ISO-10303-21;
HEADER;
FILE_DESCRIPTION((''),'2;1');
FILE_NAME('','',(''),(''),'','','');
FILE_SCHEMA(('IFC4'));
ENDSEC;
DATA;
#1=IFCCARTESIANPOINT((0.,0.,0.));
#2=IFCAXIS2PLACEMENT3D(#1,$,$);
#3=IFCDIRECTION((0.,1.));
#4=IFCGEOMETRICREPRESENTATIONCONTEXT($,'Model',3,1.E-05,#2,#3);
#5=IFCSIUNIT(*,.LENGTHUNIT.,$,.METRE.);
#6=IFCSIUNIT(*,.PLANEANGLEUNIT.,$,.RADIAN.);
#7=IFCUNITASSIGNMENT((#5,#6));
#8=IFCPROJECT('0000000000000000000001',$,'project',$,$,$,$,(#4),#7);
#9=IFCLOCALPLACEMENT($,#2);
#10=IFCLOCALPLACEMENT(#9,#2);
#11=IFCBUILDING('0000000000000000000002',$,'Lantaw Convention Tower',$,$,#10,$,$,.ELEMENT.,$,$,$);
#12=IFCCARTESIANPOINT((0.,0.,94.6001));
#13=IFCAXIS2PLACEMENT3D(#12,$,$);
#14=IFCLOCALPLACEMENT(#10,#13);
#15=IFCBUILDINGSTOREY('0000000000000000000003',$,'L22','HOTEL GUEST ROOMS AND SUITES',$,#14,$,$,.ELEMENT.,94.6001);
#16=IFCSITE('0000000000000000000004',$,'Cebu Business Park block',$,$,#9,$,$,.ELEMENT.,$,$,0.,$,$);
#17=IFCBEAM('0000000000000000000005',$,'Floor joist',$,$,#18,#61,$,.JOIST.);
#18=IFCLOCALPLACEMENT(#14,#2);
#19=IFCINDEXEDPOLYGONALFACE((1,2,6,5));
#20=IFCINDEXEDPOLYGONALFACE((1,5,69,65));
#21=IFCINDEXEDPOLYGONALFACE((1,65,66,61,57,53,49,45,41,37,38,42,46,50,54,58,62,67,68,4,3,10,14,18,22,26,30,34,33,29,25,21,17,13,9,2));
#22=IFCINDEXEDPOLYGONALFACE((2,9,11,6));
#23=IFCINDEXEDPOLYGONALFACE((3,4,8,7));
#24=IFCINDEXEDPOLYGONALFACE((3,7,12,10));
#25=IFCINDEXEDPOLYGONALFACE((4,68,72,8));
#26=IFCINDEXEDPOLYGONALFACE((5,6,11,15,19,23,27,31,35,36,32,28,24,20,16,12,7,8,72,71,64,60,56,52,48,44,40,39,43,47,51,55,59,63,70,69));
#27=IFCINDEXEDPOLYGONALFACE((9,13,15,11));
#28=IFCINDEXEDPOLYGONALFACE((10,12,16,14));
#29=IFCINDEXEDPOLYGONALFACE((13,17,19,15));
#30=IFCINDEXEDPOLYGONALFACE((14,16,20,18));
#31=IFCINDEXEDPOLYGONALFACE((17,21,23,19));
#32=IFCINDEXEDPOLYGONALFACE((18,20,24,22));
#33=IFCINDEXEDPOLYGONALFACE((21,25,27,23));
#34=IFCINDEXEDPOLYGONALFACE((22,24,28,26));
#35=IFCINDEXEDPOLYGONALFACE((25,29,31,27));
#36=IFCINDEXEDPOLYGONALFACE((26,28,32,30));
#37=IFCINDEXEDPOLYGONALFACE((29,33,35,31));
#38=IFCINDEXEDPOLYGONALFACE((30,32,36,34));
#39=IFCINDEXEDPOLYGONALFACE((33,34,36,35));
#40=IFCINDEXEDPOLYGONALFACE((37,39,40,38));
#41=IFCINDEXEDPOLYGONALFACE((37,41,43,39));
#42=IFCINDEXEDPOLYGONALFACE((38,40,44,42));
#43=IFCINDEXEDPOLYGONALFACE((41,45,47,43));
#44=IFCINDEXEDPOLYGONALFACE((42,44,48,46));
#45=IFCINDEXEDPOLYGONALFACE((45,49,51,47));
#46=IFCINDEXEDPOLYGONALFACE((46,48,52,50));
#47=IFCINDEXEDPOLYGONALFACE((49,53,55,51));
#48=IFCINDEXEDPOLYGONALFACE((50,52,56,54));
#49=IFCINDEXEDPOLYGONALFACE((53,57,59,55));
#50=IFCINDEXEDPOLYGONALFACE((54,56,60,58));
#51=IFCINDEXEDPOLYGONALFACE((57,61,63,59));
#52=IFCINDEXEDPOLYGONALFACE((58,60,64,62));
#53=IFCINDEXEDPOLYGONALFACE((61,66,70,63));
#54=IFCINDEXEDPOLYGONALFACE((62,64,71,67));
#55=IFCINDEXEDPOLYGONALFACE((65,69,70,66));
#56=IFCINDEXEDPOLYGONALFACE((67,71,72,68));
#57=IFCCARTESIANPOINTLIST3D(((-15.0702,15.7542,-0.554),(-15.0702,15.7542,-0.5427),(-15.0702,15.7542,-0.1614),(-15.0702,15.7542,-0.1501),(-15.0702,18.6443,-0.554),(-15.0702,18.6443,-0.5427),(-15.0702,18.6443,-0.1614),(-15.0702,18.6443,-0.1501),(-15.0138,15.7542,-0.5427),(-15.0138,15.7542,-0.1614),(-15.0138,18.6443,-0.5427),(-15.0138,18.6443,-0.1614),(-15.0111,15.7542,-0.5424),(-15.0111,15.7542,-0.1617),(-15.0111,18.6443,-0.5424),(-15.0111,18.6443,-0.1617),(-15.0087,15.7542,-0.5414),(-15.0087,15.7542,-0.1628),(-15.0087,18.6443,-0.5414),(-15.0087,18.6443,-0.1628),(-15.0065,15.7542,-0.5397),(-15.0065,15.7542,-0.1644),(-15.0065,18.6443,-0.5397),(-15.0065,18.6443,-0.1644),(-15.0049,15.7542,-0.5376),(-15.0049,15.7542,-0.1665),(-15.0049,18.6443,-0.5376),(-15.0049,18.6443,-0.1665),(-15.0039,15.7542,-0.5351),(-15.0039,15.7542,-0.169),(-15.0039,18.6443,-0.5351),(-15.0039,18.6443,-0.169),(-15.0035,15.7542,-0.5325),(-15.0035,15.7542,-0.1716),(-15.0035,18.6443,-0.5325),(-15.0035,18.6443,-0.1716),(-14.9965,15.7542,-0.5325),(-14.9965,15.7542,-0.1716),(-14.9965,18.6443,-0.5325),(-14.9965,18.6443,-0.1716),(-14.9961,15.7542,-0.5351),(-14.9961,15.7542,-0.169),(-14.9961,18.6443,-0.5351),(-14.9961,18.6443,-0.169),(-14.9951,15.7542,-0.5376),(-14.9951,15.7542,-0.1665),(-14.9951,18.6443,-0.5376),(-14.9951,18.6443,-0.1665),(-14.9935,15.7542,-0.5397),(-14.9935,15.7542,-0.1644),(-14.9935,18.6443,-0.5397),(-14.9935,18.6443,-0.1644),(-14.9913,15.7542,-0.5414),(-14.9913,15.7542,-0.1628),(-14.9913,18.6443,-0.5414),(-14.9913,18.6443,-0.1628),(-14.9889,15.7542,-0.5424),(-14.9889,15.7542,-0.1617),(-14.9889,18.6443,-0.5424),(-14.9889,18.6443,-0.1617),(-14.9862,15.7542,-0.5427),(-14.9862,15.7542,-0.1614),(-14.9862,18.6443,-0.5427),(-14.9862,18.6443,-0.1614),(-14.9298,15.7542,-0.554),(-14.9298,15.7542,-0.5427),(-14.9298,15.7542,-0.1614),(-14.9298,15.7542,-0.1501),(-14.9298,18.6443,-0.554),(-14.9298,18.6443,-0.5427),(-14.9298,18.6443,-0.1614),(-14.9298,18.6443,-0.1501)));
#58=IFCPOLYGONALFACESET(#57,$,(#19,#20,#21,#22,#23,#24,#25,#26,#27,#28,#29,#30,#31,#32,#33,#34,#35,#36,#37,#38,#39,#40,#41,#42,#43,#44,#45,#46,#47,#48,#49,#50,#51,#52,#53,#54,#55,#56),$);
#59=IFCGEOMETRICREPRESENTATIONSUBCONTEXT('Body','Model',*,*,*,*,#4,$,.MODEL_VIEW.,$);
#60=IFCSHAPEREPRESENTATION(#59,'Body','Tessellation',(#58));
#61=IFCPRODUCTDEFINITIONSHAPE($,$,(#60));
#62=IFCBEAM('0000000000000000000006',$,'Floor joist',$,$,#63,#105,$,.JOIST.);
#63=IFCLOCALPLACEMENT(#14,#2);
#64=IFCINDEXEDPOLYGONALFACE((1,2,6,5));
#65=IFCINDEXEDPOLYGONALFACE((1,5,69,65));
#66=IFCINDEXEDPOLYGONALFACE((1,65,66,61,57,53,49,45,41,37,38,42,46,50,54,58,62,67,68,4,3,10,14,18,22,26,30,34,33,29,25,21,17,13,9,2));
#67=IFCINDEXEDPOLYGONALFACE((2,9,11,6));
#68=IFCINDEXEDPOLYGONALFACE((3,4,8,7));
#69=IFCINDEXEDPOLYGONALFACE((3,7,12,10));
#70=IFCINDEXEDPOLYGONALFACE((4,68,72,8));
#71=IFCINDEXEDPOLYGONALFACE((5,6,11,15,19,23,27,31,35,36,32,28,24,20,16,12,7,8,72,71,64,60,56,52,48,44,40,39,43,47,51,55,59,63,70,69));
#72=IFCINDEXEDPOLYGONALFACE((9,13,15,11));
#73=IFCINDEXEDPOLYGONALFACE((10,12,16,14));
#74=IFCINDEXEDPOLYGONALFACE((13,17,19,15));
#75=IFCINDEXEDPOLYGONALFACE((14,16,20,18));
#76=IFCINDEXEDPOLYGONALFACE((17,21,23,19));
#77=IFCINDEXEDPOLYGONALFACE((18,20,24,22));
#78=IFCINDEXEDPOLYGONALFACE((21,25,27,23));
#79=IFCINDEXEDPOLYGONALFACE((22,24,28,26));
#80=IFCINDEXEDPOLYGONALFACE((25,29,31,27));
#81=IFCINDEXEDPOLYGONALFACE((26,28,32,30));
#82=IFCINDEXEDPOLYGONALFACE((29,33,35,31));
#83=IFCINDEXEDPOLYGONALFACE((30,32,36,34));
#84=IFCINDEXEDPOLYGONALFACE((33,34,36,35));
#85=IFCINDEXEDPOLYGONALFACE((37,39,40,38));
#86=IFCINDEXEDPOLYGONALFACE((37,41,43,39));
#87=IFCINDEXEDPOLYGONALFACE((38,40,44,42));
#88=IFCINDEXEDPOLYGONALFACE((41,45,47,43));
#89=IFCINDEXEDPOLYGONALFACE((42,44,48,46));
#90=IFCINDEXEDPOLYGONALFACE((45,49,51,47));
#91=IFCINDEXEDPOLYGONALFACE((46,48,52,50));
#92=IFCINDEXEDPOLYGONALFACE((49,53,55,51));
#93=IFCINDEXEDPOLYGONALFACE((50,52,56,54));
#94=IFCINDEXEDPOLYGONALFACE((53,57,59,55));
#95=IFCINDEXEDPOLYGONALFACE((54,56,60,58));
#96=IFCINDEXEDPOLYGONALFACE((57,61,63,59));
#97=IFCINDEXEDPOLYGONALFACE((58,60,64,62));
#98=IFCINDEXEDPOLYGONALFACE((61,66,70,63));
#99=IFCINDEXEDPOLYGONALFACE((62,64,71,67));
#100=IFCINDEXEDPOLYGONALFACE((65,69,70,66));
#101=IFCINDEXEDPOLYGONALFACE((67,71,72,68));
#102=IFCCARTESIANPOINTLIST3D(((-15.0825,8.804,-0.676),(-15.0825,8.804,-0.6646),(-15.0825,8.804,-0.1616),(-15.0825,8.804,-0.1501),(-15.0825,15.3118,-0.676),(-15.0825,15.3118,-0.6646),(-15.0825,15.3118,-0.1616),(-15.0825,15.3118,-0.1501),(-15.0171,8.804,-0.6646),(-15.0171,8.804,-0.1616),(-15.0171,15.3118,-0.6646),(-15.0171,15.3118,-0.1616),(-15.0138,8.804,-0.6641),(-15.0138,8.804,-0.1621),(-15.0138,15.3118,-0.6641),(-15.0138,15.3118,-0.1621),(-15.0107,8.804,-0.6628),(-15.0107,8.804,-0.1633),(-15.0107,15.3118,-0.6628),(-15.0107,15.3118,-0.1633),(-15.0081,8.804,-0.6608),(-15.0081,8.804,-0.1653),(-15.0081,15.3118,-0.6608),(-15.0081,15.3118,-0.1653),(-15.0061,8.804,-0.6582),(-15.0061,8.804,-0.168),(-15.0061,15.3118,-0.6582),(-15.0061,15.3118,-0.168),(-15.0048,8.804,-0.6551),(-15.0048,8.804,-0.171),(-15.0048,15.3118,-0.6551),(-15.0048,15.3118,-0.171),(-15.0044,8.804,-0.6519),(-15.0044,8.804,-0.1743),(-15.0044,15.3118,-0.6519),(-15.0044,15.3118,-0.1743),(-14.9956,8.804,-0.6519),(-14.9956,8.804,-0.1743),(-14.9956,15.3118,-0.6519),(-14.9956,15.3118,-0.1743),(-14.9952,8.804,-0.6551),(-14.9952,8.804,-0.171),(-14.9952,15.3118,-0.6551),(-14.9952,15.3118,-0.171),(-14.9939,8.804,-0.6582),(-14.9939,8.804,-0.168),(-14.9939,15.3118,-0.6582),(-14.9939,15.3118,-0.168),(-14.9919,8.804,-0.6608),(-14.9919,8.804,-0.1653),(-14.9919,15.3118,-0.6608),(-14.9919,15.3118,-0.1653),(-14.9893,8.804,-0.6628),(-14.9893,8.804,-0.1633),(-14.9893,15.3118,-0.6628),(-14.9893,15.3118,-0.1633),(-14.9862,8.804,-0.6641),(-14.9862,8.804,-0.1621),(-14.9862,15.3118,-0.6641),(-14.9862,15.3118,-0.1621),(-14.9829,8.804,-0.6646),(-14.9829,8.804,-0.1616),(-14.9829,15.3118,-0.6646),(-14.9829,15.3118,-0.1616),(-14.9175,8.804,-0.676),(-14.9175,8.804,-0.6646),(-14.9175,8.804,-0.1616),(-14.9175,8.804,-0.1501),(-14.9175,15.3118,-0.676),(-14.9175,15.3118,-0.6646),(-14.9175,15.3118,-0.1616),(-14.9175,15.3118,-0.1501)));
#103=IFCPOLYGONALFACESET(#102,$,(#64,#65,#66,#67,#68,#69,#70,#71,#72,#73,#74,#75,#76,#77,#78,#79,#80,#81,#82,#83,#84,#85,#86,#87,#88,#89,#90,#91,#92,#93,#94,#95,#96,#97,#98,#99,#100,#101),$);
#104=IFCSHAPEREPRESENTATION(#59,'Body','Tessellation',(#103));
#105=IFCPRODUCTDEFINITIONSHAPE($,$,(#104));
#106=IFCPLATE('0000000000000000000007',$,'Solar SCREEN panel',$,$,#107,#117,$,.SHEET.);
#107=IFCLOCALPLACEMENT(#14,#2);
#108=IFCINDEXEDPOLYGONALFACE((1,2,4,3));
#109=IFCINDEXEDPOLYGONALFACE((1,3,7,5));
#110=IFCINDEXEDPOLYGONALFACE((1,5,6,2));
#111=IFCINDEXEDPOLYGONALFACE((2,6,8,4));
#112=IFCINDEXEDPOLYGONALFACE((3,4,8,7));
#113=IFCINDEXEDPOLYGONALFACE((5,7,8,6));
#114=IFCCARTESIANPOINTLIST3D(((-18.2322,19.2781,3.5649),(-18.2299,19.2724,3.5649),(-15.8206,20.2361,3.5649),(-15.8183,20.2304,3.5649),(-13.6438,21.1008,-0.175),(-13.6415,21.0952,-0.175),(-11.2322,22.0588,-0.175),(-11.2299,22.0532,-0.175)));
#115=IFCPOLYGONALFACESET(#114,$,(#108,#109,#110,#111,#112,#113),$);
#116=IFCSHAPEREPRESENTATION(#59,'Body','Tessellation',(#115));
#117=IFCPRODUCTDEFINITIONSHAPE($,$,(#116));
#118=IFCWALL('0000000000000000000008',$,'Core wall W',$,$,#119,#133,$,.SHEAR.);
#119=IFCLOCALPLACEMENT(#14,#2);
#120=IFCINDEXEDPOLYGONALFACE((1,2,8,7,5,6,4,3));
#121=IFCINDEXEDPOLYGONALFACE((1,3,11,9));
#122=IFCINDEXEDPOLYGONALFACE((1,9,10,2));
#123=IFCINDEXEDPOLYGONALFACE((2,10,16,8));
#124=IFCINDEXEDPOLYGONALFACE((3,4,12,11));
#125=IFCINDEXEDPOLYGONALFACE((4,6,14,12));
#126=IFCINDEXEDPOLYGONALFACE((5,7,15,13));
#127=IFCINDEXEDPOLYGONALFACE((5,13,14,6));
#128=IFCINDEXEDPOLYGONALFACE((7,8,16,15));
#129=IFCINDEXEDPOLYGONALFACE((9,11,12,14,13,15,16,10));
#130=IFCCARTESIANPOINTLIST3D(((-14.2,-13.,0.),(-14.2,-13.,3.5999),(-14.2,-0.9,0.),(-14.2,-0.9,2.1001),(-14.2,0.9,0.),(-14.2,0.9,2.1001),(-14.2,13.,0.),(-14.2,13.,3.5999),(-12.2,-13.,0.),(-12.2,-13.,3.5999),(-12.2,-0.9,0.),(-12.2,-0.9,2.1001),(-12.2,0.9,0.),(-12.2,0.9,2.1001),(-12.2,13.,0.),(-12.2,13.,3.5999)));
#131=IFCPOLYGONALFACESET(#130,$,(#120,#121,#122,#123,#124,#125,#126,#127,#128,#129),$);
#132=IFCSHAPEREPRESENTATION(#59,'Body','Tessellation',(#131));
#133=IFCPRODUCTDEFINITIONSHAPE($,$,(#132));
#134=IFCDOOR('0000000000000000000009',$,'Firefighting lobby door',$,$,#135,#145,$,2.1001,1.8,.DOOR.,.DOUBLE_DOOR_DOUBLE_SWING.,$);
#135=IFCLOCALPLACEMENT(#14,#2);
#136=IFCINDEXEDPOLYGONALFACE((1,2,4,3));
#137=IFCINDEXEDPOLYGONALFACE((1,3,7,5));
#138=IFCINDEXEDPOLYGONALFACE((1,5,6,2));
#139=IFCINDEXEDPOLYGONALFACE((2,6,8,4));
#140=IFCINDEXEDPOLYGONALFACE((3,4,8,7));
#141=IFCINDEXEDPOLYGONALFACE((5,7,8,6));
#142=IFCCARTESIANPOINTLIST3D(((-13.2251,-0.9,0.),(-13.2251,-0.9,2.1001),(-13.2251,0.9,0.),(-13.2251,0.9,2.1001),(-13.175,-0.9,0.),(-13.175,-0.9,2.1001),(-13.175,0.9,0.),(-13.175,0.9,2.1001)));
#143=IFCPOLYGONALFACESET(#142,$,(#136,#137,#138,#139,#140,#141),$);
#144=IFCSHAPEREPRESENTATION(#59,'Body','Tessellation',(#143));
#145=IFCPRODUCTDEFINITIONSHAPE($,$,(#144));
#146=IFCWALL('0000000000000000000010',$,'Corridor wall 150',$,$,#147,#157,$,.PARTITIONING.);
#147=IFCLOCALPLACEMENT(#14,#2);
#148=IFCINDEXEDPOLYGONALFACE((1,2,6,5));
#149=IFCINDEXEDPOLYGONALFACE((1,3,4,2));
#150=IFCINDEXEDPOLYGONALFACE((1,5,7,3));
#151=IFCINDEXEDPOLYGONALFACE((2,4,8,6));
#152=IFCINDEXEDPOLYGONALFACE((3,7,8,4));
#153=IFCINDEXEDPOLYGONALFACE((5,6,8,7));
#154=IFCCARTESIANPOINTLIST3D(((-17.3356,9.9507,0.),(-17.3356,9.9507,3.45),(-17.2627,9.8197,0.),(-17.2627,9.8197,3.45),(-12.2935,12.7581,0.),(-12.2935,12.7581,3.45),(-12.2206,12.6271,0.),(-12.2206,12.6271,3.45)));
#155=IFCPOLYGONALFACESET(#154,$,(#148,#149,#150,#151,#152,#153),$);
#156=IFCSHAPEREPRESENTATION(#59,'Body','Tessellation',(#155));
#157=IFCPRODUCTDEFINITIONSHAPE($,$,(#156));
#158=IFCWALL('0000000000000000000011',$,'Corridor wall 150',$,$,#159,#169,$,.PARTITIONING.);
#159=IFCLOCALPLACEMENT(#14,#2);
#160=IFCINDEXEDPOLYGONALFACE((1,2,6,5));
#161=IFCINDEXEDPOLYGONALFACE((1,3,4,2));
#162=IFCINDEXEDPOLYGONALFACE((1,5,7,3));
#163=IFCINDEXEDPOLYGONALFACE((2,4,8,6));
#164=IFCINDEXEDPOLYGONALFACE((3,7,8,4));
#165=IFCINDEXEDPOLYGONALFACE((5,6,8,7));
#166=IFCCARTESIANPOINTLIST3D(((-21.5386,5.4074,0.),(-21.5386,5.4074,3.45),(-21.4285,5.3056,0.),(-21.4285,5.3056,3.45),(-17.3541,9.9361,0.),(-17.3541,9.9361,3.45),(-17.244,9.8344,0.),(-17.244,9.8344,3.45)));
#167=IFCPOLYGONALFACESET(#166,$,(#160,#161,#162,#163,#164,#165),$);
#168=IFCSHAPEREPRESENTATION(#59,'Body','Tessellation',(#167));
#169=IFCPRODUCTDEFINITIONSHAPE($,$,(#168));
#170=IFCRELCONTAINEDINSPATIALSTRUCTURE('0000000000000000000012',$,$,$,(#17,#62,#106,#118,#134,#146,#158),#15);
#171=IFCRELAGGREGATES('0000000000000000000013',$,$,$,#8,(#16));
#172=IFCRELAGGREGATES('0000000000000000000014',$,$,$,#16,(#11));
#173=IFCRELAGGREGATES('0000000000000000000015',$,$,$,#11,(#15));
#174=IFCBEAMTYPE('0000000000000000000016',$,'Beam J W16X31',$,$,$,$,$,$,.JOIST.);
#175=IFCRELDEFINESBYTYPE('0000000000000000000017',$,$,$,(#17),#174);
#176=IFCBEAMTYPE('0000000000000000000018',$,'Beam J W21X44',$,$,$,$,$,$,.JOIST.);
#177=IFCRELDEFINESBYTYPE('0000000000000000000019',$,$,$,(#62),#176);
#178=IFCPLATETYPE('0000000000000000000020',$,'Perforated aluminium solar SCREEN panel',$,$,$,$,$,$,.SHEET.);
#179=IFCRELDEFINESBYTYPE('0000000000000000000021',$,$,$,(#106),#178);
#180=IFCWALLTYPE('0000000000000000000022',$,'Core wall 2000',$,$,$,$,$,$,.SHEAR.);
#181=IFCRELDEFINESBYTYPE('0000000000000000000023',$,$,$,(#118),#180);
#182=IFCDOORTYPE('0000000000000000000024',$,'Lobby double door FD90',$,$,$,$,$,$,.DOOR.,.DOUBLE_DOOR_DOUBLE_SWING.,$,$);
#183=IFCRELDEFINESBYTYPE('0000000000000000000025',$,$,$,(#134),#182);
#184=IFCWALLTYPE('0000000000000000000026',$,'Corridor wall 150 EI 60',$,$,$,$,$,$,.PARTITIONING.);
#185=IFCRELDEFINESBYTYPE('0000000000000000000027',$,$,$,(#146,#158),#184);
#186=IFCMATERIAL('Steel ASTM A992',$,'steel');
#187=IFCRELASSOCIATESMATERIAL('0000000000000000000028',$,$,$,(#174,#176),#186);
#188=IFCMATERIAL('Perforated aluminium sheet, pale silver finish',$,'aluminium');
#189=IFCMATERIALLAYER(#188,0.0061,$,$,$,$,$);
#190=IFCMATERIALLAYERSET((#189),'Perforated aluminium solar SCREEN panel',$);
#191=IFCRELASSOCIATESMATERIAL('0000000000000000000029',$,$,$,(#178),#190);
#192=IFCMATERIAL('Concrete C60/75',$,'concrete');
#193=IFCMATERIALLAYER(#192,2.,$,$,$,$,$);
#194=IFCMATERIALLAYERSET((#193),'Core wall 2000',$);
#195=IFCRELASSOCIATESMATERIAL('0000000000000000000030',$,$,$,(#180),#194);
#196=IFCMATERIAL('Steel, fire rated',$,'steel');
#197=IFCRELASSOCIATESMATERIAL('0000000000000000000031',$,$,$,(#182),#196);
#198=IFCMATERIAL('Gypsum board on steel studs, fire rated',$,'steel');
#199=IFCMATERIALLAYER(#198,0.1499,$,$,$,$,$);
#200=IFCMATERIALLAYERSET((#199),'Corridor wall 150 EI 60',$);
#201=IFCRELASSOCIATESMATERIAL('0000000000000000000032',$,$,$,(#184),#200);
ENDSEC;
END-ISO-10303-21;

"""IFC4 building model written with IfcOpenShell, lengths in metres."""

from ifc_helpers import new_model, si_unit, direction, frame, frame_2d, origin, origin_2d, place, context, subcontext, project, spatial, polyline, rectangle, i_section, outline, extrude, material, layer, layer_set, material_profile, profile_set, type_object, element, fill, save


model = new_model("IFC4")

# Units and contexts
model_context = context("Model", 3, precision=1e-05, world=origin(), true_north=direction((0.0, 1.0)))
body_context = subcontext(model_context, "Body", "Model", "MODEL_VIEW")
ifc_project = project(units=[si_unit("LENGTHUNIT", "METRE"), si_unit("PLANEANGLEUNIT", "RADIAN")], contexts=[model_context])

# Site, building, storey
site_placement = place(None, origin())
site = spatial("IfcSite", under=ifc_project, at=site_placement, Name="Cebu Business Park block", CompositionType="ELEMENT", RefElevation=0.0)
building_placement = place(site_placement, origin())
building = spatial("IfcBuilding", under=site, at=building_placement, Name="Lantaw Convention Tower", CompositionType="ELEMENT")
storey_placement = place(building_placement, frame((0.0, 0.0, 94.6001)))
storey = spatial("IfcBuildingStorey", under=building, at=storey_placement, Name="L22", Description="HOTEL GUEST ROOMS AND SUITES", CompositionType="ELEMENT", Elevation=94.6001)

# Shared definitions
ifc_material_1 = material(Name="Concrete C60/75", Category="concrete")

# Beams
ifc_material_2 = material(Name="Steel ASTM A992", Category="steel")
ifc_material_profile_1 = material_profile(ifc_material_2, i_section(OverallWidth=0.1404, OverallDepth=0.4038, WebThickness=0.0071, FlangeThickness=0.0112, FilletRadius=0.0103, at=origin_2d()), Name="W16X31")
ifc_profile_set_1 = profile_set([ifc_material_profile_1], Name="Steel ASTM A992")
beam_type_1 = type_object("IfcBeamType", Name="Beam J W16X31", PredefinedType="JOIST", material=ifc_profile_set_1)
beam_1_placement = place(storey_placement, frame((-15.0, 15.7542, -0.3521), z_axis=(0.0, 1.0, 0.0), x_axis=(-1.0, 0.0, 0.0)))
element("IfcBeam", 1, at=beam_1_placement, inside=storey, type_object=beam_type_1, Name="Floor joist", PredefinedType="JOIST", context=body_context, shape_type="SweptSolid", body=[
    extrude(i_section(OverallWidth=0.1404, OverallDepth=0.4038, WebThickness=0.0071, FlangeThickness=0.0112, FilletRadius=0.0103, at=origin_2d()), origin(), (0.0, 0.0, 1.0), 2.8901),
])
ifc_material_profile_2 = material_profile(ifc_material_2, i_section(OverallWidth=0.165, OverallDepth=0.5259, WebThickness=0.0088, FlangeThickness=0.0115, FilletRadius=0.0127, at=origin_2d()), Name="W21X44")
ifc_profile_set_2 = profile_set([ifc_material_profile_2], Name="Steel ASTM A992")
beam_type_2 = type_object("IfcBeamType", Name="Beam J W21X44", PredefinedType="JOIST", material=ifc_profile_set_2)
beam_2_placement = place(storey_placement, frame((-15.0, 8.804, -0.4131), z_axis=(0.0, 1.0, 0.0), x_axis=(-1.0, 0.0, 0.0)))
element("IfcBeam", 2, at=beam_2_placement, inside=storey, type_object=beam_type_2, Name="Floor joist", PredefinedType="JOIST", context=body_context, shape_type="SweptSolid", body=[
    extrude(i_section(OverallWidth=0.165, OverallDepth=0.5259, WebThickness=0.0088, FlangeThickness=0.0115, FilletRadius=0.0127, at=origin_2d()), origin(), (0.0, 0.0, 1.0), 6.5078),
])

# Plate
ifc_material_3 = material(Name="Perforated aluminium sheet, pale silver finish", Category="aluminium")
ifc_layer_1 = layer(ifc_material_3, 0.0061)
ifc_layer_set_1 = layer_set([ifc_layer_1], Name="Perforated aluminium solar SCREEN panel")
plate_type = type_object("IfcPlateType", Name="Perforated aluminium solar SCREEN panel", PredefinedType="SHEET", material=ifc_layer_set_1)
plate_placement = place(storey_placement, frame((-11.2322, 22.0588, -0.175), z_axis=(-0.369184, 0.929357, 0.000009), x_axis=(-0.929357, -0.369184, 0.0)))
element("IfcPlate", 3, at=plate_placement, inside=storey, type_object=plate_type, Name="Solar SCREEN panel", PredefinedType="SHEET", context=body_context, shape_type="SweptSolid", body=[
    extrude(outline(polyline([(0.0, 0.0), (2.5949, 0.0), (7.5321, 3.74), (4.9372, 3.74), (0.0, 0.0)])), origin(), (0.0, 0.0, -1.0), 0.0061),
])

# Wall, opening, door
ifc_layer_2 = layer(ifc_material_1, 2.0)
ifc_layer_set_2 = layer_set([ifc_layer_2], Name="Core wall 2000")
wall_type_1 = type_object("IfcWallType", Name="Core wall 2000", PredefinedType="SHEAR", material=ifc_layer_set_2)
wall_1_placement = place(storey_placement, frame((-13.2, 13.0, 0.0), z_axis=(0.0, 0.0, 1.0), x_axis=(0.0, -1.0, 0.0)))
wall_1 = element("IfcWall", 4, at=wall_1_placement, inside=storey, type_object=wall_type_1, Name="Core wall W", PredefinedType="SHEAR", context=body_context, shape_type="SweptSolid", body=[
    extrude(rectangle(XDim=26.0, YDim=2.0, at=frame_2d((13.0, 0.0))), origin(), (0.0, 0.0, 1.0), 3.5999),
])
opening_1_placement = place(wall_1_placement, frame((12.1001, 0.0, 0.0)))
opening_1 = element("IfcOpeningElement", 5, at=opening_1_placement, cuts=wall_1, PredefinedType="OPENING", context=body_context, shape_type="SweptSolid", body=[
    extrude(rectangle(XDim=1.8, YDim=2.1001, at=frame_2d((0.8999, 1.05))), frame((0.0, 1.01, 0.0), z_axis=(0.0, -1.0, 0.0), x_axis=(1.0, 0.0, 0.0)), (0.0, 0.0, 1.0), 2.02),
])
ifc_material_4 = material(Name="Steel, fire rated", Category="steel")
door_type_1 = type_object("IfcDoorType", Name="Lobby double door FD90", OperationType="DOUBLE_DOOR_DOUBLE_SWING", PredefinedType="DOOR", material=ifc_material_4)
door_1_placement = place(opening_1_placement, origin())
door_1 = element("IfcDoor", 6, at=door_1_placement, inside=storey, type_object=door_type_1, Name="Firefighting lobby door", OperationType="DOUBLE_DOOR_DOUBLE_SWING", OverallHeight=2.1001, OverallWidth=1.8, PredefinedType="DOOR", context=body_context, shape_type="SweptSolid", body=[
    extrude(rectangle(XDim=1.8, YDim=2.1001, at=frame_2d((0.8999, 1.05))), frame((0.0, 0.0249, 0.0), z_axis=(0.0, -1.0, 0.0), x_axis=(1.0, 0.0, 0.0)), (0.0, 0.0, 1.0), 0.05),
])
fill(opening_1, door_1)

# Walls
ifc_material_5 = material(Name="Gypsum board on steel studs, fire rated", Category="steel")
ifc_layer_3 = layer(ifc_material_5, 0.1499)
ifc_layer_set_3 = layer_set([ifc_layer_3], Name="Corridor wall 150 EI 60")
wall_type_2 = type_object("IfcWallType", Name="Corridor wall 150 EI 60", PredefinedType="PARTITIONING", material=ifc_layer_set_3)
wall_2_placement = place(storey_placement, frame((-12.2571, 12.6926, 0.0), z_axis=(0.0, 0.0, 1.0), x_axis=(-0.873696, -0.486472, 0.0)))
element("IfcWall", 7, at=wall_2_placement, inside=storey, type_object=wall_type_2, Name="Corridor wall 150", PredefinedType="PARTITIONING", context=body_context, shape_type="SweptSolid", body=[
    extrude(rectangle(XDim=5.771, YDim=0.1499, at=frame_2d((2.8855, 0.0))), origin(), (0.0, 0.0, 1.0), 3.45),
])
wall_3_placement = place(storey_placement, frame((-17.2991, 9.8853, 0.0), z_axis=(0.0, 0.0, 1.0), x_axis=(-0.678642, -0.734469, 0.0)))
element("IfcWall", 8, at=wall_3_placement, inside=storey, type_object=wall_type_2, Name="Corridor wall 150", PredefinedType="PARTITIONING", context=body_context, shape_type="SweptSolid", body=[
    extrude(rectangle(XDim=6.166, YDim=0.1499, at=frame_2d((3.083, 0.0))), origin(), (0.0, 0.0, 1.0), 3.45),
])

save(model, "model.ifc")
